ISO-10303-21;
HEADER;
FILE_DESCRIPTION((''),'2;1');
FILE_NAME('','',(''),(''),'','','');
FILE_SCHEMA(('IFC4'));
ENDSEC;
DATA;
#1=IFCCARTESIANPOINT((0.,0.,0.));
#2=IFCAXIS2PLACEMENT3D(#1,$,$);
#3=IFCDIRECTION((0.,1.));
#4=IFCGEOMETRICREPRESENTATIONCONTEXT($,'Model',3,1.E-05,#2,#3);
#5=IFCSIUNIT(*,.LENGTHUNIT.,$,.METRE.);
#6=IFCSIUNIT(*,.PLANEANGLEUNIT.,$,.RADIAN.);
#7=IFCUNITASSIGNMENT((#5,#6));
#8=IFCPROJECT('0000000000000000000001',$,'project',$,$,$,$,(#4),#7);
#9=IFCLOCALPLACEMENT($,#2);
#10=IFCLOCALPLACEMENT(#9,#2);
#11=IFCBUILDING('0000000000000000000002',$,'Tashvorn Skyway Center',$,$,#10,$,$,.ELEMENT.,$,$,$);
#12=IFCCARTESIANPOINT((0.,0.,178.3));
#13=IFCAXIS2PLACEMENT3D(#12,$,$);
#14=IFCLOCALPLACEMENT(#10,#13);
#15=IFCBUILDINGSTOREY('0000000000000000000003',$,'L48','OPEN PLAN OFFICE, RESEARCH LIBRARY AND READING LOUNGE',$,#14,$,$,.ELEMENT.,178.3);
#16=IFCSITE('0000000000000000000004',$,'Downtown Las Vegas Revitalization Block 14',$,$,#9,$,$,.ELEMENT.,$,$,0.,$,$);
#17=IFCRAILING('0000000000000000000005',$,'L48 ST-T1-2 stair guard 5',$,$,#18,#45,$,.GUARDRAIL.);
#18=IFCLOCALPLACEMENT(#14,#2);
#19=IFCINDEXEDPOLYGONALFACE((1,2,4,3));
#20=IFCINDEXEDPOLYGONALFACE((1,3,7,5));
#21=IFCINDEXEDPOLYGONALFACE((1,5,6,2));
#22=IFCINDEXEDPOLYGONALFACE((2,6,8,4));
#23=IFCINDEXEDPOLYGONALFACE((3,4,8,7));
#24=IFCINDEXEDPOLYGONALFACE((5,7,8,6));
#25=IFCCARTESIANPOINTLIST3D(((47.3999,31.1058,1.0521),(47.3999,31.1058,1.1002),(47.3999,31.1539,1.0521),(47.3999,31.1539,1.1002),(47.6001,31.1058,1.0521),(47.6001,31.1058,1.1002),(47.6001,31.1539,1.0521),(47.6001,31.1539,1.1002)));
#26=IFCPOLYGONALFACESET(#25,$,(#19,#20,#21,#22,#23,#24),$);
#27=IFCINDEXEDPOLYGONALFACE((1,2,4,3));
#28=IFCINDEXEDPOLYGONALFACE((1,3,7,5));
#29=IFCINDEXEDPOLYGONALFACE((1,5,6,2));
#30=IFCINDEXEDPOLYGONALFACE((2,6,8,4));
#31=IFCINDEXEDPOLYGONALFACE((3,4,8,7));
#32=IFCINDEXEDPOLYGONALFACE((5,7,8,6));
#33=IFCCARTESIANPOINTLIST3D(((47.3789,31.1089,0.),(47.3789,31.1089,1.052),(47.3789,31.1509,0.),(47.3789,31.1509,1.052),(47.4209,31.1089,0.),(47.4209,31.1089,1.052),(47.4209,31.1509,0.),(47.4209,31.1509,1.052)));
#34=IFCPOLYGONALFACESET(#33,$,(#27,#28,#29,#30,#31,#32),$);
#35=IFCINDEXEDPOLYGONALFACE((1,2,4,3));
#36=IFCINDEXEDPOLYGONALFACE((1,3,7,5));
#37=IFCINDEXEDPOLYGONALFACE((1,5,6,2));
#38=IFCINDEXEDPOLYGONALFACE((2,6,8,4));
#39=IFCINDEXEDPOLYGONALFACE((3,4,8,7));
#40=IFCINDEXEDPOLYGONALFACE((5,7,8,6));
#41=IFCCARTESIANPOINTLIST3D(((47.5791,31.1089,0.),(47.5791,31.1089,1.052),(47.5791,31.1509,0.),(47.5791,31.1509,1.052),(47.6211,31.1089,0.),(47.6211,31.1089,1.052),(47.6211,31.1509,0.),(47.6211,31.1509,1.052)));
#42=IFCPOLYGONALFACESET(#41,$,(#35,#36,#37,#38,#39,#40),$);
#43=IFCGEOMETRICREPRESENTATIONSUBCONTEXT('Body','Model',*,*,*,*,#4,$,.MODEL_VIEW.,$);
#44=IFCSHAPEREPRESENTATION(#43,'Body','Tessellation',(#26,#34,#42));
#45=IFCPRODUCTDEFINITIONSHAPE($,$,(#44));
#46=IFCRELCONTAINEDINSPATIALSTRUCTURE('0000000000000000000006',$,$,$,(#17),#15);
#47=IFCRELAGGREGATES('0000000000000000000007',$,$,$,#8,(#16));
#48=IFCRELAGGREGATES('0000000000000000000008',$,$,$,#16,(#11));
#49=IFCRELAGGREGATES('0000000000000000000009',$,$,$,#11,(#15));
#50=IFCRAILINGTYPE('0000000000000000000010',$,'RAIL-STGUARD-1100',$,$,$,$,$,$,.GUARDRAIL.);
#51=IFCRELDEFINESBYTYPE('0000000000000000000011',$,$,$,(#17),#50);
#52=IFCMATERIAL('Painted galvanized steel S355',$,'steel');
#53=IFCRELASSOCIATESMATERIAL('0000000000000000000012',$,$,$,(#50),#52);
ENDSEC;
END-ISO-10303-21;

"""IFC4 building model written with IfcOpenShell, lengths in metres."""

from ifc_helpers import new_model, si_unit, direction, frame, origin, origin_2d, place, context, subcontext, project, spatial, rectangle, extrude, material, type_object, element, save


model = new_model("IFC4")

# Units and contexts
model_context = context("Model", 3, precision=1e-05, world=origin(), true_north=direction((0.0, 1.0)))
body_context = subcontext(model_context, "Body", "Model", "MODEL_VIEW")
ifc_project = project(units=[si_unit("LENGTHUNIT", "METRE"), si_unit("PLANEANGLEUNIT", "RADIAN")], contexts=[model_context])

# Site, building, storey
site_placement = place(None, origin())
site = spatial("IfcSite", under=ifc_project, at=site_placement, Name="Downtown Las Vegas Revitalization Block 14", CompositionType="ELEMENT", RefElevation=0.0)
building_placement = place(site_placement, origin())
building = spatial("IfcBuilding", under=site, at=building_placement, Name="Tashvorn Skyway Center", CompositionType="ELEMENT")
storey_placement = place(building_placement, frame((0.0, 0.0, 178.3)))
storey = spatial("IfcBuildingStorey", under=building, at=storey_placement, Name="L48", Description="OPEN PLAN OFFICE, RESEARCH LIBRARY AND READING LOUNGE", CompositionType="ELEMENT", Elevation=178.3)

# Railing
ifc_material_1 = material(Name="Painted galvanized steel S355", Category="steel")
railing_type_1 = type_object("IfcRailingType", Name="RAIL-STGUARD-1100", PredefinedType="GUARDRAIL", material=ifc_material_1)
railing_1_placement = place(storey_placement, frame((47.3999, 31.1299, 0.0)))
element("IfcRailing", 1, at=railing_1_placement, inside=storey, type_object=railing_type_1, Name="L48 ST-T1-2 stair guard 5", PredefinedType="GUARDRAIL", context=body_context, shape_type="SweptSolid", body=[
    extrude(rectangle(XDim=0.0481, YDim=0.0481, at=origin_2d()), frame((0.0, 0.0, 1.0762), z_axis=(1.0, 0.0, 0.0), x_axis=(0.0, 1.0, 0.0)), (0.0, 0.0, 1.0), 0.2002),
    extrude(rectangle(XDim=0.042, YDim=0.042, at=origin_2d()), origin(), (0.0, 0.0, 1.0), 1.052),
    extrude(rectangle(XDim=0.042, YDim=0.042, at=origin_2d()), frame((0.2002, 0.0, 0.0)), (0.0, 0.0, 1.0), 1.052),
])

save(model, "model.ifc")
